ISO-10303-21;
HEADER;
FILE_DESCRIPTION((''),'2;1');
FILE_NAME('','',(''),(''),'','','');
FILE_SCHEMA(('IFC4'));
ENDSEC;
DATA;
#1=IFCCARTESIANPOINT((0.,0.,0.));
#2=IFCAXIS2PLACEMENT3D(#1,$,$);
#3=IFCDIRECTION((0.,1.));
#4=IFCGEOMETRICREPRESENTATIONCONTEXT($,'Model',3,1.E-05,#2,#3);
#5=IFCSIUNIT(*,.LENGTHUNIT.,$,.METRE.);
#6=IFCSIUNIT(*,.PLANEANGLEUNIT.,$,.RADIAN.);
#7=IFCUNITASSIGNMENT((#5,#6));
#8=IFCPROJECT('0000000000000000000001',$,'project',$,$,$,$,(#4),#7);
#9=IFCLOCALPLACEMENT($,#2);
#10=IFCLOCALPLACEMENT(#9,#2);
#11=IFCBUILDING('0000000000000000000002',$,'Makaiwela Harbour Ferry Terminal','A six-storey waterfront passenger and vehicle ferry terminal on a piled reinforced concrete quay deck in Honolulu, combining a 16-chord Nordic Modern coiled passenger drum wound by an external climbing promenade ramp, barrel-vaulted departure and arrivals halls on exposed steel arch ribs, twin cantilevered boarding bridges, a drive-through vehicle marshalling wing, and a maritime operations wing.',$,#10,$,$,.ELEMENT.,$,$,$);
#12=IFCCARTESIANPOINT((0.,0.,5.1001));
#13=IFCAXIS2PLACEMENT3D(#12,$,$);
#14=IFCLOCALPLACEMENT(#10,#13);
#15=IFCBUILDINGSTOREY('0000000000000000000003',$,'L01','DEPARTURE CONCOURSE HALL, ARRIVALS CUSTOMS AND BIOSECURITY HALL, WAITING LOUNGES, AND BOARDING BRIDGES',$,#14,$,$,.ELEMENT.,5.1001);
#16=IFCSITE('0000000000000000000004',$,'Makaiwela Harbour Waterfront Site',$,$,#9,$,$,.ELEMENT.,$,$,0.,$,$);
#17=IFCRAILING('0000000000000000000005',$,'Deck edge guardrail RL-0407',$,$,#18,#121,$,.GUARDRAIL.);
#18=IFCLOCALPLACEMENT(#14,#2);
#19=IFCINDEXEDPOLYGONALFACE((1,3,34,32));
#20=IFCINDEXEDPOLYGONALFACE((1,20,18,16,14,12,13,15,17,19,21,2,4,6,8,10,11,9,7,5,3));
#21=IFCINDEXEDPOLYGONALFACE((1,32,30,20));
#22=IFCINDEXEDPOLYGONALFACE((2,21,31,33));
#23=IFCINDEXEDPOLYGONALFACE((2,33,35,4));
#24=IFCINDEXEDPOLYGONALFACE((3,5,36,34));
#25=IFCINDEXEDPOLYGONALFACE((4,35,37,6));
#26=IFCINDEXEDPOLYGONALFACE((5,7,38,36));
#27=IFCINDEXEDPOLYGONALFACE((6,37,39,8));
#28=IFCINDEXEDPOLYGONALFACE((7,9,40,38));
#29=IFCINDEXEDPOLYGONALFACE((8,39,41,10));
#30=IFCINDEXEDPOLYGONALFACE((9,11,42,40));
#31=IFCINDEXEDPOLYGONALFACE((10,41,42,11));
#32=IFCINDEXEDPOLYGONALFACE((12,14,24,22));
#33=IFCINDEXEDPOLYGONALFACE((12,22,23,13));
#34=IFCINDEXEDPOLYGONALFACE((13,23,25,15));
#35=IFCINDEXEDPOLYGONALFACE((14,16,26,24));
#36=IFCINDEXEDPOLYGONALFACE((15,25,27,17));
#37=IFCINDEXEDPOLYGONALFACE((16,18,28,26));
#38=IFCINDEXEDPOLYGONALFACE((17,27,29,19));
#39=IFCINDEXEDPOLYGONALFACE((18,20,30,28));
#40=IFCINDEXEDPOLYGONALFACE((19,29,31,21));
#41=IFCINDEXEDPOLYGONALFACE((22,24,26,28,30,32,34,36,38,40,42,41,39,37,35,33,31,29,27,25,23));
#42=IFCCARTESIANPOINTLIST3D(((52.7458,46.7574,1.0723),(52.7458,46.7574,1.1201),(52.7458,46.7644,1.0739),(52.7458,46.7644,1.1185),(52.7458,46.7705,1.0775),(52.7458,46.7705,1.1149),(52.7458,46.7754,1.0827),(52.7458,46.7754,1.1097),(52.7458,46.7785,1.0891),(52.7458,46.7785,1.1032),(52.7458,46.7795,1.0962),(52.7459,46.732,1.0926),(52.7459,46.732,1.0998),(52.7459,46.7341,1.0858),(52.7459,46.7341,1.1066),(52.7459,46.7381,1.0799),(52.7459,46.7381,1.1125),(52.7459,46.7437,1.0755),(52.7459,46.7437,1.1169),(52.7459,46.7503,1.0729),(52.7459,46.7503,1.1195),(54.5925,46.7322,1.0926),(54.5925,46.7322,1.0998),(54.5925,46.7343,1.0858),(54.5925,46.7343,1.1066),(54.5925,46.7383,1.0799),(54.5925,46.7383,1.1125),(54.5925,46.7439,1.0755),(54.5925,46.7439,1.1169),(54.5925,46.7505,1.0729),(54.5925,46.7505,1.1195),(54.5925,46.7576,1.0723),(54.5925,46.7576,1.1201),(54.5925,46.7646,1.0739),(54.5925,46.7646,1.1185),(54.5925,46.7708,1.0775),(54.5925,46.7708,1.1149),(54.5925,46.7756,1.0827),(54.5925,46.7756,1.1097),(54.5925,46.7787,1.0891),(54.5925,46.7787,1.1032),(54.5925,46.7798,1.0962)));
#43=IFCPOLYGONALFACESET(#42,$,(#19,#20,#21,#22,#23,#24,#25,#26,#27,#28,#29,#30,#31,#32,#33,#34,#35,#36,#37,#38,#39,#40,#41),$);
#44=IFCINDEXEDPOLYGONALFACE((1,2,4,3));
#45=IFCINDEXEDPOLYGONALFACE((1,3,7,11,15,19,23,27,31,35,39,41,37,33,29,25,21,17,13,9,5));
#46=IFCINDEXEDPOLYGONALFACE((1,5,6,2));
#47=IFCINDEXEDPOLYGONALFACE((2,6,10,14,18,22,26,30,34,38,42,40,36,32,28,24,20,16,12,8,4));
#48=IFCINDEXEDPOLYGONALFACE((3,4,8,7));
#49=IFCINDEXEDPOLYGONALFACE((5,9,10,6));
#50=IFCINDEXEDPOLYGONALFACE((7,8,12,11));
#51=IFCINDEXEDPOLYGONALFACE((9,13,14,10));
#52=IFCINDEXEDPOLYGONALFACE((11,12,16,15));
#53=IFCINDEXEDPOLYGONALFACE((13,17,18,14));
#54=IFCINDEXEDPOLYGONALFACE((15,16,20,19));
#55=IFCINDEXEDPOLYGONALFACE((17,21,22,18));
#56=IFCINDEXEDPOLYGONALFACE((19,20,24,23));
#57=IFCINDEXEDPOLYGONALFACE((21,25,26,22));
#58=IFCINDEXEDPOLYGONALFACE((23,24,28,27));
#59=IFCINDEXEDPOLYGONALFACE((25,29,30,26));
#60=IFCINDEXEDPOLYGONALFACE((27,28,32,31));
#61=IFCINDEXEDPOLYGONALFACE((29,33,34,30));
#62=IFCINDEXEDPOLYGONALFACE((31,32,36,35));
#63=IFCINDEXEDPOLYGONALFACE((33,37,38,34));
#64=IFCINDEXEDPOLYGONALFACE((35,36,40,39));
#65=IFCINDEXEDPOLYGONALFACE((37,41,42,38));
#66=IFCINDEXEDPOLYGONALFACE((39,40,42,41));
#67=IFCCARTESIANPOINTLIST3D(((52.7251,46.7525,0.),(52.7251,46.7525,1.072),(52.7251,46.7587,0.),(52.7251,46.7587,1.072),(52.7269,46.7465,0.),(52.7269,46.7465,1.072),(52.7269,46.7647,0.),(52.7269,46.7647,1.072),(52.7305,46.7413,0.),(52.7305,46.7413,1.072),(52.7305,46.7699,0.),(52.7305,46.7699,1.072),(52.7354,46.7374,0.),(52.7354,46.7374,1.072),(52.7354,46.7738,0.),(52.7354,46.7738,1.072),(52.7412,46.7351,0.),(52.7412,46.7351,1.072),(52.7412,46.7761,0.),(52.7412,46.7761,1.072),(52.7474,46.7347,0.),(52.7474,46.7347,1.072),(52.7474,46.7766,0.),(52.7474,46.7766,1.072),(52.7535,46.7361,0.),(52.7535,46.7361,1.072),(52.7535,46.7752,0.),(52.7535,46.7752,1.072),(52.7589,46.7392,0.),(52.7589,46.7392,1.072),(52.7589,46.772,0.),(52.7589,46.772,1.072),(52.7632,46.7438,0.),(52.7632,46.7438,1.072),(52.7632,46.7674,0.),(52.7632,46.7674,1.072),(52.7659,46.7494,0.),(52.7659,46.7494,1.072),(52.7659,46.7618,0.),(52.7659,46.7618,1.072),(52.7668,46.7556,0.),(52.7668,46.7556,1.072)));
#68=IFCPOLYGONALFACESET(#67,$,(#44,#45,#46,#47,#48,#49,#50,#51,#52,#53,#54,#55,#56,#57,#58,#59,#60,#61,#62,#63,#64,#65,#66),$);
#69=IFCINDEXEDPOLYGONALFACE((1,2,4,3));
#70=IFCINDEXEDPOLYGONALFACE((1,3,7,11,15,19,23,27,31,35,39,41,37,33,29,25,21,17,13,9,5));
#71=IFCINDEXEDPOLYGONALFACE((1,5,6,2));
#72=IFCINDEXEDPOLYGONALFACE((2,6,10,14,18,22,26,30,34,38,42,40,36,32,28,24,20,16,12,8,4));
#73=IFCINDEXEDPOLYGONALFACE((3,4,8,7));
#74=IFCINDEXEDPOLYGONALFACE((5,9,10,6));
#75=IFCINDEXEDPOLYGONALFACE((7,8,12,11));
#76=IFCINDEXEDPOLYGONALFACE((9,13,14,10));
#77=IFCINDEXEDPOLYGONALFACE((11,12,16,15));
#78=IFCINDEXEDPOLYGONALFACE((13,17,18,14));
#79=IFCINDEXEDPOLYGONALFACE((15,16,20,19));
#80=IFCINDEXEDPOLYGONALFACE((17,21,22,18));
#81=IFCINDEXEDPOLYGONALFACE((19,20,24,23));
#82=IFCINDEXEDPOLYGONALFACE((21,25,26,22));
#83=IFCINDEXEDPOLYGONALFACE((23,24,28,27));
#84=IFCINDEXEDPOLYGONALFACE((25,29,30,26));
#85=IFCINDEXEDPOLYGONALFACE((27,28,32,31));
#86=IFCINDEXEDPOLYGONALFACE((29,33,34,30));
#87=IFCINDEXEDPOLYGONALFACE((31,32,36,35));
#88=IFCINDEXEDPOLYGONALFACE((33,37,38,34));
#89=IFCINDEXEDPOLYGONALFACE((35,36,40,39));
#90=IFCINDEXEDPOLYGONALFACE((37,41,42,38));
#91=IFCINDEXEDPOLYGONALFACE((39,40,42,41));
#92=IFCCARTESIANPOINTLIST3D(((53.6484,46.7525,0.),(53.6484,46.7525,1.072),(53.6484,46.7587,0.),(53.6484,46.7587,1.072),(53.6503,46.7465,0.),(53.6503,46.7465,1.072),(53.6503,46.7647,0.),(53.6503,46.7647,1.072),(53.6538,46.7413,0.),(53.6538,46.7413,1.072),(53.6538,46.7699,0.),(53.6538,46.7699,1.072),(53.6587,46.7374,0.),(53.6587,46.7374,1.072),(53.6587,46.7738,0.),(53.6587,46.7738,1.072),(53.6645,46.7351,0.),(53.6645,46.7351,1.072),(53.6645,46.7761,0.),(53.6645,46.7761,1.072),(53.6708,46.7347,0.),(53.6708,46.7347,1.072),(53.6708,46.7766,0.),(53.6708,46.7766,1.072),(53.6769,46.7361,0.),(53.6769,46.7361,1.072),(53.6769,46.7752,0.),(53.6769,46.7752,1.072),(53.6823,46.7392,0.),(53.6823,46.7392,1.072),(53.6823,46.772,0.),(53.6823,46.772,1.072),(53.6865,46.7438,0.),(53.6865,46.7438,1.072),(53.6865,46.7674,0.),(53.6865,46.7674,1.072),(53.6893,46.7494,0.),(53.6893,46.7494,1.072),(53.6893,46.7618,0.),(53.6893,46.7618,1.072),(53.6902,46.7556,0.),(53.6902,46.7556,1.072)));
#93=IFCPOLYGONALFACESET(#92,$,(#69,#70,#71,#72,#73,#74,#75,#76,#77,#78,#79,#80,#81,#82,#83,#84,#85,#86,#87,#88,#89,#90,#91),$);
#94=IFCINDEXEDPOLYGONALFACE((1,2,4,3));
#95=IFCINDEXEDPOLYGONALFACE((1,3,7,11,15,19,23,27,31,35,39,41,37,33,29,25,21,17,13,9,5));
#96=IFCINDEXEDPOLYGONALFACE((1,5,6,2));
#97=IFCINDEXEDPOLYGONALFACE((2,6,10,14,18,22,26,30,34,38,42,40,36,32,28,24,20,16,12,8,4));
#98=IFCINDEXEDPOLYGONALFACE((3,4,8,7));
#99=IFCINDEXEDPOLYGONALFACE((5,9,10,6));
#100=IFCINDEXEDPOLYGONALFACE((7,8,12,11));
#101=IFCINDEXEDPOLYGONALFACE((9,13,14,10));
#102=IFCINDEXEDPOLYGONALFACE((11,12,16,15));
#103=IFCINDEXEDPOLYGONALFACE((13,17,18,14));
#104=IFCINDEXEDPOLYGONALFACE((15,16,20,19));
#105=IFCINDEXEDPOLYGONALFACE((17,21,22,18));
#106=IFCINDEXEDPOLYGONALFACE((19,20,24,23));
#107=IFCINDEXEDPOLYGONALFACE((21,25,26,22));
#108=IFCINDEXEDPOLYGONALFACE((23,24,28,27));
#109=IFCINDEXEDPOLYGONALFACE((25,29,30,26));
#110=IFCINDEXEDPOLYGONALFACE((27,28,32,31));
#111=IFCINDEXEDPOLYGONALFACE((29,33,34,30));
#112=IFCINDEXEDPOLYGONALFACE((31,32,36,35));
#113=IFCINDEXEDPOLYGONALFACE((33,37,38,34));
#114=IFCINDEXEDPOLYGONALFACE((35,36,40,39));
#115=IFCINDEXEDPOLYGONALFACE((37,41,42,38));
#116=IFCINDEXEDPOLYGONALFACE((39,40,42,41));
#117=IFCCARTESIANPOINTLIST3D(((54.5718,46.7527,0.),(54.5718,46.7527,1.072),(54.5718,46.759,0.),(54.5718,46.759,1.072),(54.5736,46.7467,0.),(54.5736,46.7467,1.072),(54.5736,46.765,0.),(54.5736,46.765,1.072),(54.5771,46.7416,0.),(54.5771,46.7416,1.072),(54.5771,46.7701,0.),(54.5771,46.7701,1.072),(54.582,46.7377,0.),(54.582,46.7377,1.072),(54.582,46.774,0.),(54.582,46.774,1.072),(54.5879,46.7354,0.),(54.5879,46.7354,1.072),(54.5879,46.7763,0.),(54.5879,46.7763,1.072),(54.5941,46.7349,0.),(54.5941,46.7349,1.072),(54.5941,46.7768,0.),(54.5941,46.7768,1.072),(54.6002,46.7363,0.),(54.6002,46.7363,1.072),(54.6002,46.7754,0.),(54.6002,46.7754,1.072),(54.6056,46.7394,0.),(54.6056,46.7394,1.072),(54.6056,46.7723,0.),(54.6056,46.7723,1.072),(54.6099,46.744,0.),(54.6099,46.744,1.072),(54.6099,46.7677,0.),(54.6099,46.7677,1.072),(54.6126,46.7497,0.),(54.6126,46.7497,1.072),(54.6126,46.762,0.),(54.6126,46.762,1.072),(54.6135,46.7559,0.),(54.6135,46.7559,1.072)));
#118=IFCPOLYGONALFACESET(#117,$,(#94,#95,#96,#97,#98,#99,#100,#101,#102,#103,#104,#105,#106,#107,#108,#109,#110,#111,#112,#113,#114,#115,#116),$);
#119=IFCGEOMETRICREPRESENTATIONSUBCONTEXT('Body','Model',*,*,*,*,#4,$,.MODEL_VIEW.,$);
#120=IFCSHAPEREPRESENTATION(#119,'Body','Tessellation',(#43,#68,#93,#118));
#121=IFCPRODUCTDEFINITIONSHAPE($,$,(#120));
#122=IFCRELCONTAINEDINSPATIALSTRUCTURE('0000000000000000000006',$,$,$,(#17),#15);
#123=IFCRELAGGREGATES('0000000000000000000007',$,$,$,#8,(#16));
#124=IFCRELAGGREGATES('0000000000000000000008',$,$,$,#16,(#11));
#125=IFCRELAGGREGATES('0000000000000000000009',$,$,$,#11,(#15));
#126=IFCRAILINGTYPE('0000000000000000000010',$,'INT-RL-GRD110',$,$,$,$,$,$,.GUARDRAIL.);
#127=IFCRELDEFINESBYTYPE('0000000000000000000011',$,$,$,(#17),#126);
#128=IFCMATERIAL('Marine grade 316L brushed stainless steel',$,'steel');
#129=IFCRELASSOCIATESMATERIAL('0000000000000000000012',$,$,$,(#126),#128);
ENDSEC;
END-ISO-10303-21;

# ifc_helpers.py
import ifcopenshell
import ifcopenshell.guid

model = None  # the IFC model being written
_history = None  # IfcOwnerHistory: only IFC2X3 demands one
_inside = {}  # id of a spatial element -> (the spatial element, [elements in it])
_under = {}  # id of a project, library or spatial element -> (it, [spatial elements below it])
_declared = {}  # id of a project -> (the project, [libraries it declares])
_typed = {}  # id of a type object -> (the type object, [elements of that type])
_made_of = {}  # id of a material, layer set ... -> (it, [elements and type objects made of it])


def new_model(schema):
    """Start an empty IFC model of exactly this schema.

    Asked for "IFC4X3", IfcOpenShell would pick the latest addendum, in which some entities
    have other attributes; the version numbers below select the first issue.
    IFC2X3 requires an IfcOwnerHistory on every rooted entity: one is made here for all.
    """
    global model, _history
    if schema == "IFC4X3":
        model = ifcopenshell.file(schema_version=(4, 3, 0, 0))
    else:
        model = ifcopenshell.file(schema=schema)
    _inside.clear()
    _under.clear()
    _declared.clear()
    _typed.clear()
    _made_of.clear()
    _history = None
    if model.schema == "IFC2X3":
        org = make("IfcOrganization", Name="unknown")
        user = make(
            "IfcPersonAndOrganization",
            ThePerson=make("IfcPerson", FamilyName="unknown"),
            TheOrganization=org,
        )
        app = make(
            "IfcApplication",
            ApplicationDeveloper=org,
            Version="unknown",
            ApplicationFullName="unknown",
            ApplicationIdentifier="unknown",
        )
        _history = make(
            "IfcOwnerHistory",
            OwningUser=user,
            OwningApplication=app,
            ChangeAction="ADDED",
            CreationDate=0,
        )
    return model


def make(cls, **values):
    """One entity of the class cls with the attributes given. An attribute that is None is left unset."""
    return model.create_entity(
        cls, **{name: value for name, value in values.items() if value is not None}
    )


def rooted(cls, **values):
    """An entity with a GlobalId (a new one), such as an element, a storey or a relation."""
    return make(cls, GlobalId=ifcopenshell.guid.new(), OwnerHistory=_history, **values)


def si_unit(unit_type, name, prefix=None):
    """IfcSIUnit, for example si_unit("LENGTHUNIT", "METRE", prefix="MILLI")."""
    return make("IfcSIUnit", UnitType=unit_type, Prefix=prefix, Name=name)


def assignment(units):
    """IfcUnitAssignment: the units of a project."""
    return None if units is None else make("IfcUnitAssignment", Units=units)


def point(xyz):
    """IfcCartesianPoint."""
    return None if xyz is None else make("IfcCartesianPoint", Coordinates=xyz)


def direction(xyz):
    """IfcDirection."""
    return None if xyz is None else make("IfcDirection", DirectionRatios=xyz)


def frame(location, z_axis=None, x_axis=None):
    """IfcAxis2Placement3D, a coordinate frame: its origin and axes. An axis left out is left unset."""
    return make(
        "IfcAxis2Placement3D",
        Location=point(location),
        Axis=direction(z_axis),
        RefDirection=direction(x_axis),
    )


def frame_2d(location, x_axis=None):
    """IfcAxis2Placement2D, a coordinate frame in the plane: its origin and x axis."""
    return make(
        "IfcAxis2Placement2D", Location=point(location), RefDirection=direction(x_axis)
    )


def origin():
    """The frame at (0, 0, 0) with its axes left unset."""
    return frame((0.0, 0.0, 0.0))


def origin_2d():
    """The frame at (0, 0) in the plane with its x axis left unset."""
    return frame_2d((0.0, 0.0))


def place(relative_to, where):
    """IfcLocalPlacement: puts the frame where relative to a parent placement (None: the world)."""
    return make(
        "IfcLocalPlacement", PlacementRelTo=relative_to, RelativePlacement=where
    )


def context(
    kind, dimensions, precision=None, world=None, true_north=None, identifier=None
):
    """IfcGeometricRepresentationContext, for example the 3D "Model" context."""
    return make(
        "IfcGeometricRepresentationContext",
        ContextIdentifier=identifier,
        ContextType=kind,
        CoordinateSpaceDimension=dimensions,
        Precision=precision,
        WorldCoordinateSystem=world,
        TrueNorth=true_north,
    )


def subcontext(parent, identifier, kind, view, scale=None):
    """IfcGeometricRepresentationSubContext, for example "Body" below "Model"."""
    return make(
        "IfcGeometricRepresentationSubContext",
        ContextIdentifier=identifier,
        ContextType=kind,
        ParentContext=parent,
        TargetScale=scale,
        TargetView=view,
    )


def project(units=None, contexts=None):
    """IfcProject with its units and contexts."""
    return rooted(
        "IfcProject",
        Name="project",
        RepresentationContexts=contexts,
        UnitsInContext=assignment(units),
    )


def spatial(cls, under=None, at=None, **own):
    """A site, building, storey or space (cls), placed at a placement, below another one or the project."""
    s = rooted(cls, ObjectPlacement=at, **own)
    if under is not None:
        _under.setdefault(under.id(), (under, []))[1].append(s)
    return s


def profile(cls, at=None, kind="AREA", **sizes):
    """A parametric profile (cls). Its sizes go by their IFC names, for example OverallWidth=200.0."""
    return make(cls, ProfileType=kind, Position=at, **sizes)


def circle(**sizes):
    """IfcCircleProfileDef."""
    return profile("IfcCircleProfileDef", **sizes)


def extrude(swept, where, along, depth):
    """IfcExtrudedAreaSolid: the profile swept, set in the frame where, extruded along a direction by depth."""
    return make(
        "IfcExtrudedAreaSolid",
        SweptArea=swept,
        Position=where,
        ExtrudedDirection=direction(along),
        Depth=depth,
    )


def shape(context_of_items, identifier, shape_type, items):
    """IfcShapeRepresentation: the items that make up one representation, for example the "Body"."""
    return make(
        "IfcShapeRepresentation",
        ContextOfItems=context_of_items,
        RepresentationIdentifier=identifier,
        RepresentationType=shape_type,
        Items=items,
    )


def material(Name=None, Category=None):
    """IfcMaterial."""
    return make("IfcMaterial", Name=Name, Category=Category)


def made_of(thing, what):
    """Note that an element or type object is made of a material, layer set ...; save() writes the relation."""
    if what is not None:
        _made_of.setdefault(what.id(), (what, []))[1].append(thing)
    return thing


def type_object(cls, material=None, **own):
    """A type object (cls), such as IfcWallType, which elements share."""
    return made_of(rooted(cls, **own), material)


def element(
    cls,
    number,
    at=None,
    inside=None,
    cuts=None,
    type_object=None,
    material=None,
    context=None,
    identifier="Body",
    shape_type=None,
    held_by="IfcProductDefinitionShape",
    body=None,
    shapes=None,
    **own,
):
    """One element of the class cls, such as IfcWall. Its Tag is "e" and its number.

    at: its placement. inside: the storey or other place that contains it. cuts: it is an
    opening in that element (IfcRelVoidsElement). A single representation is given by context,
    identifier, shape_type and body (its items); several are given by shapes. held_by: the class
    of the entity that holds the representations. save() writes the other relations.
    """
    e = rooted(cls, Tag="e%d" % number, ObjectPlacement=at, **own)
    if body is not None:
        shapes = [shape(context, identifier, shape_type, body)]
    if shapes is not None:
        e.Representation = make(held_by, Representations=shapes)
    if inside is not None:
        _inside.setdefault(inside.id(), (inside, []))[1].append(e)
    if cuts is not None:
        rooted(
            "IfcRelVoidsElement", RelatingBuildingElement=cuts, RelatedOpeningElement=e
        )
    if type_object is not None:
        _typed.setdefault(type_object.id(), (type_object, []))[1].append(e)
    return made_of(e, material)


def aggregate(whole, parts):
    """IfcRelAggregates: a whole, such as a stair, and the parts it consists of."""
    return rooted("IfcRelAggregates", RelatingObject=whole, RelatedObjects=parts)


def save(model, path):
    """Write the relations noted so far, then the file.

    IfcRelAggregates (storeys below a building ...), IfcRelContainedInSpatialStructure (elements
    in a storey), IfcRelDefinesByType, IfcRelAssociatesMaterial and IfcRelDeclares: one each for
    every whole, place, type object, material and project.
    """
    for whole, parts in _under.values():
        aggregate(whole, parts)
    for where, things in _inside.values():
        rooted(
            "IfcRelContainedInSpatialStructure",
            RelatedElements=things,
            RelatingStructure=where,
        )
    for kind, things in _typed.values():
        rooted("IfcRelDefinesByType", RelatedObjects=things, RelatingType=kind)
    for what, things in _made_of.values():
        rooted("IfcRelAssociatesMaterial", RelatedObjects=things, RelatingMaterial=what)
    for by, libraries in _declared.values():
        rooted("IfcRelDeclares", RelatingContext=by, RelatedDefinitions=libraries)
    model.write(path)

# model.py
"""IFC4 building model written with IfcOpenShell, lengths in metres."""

from ifc_helpers import new_model, si_unit, direction, frame, origin, origin_2d, place, context, subcontext, project, spatial, circle, extrude, material, type_object, element, save


model = new_model("IFC4")

# Units and contexts
model_context = context("Model", 3, precision=1e-05, world=origin(), true_north=direction((0.0, 1.0)))
body_context = subcontext(model_context, "Body", "Model", "MODEL_VIEW")
ifc_project = project(units=[si_unit("LENGTHUNIT", "METRE"), si_unit("PLANEANGLEUNIT", "RADIAN")], contexts=[model_context])

# Site, building, storey
site_placement = place(None, origin())
site = spatial("IfcSite", under=ifc_project, at=site_placement, Name="Makaiwela Harbour Waterfront Site", CompositionType="ELEMENT", RefElevation=0.0)
building_placement = place(site_placement, origin())
building = spatial("IfcBuilding", under=site, at=building_placement, Name="Makaiwela Harbour Ferry Terminal", Description="A six-storey waterfront passenger and vehicle ferry terminal on a piled reinforced concrete quay deck in Honolulu, combining a 16-chord Nordic Modern coiled passenger drum wound by an external climbing promenade ramp, barrel-vaulted departure and arrivals halls on exposed steel arch ribs, twin cantilevered boarding bridges, a drive-through vehicle marshalling wing, and a maritime operations wing.", CompositionType="ELEMENT")
storey_placement = place(building_placement, frame((0.0, 0.0, 5.1001)))
storey = spatial("IfcBuildingStorey", under=building, at=storey_placement, Name="L01", Description="DEPARTURE CONCOURSE HALL, ARRIVALS CUSTOMS AND BIOSECURITY HALL, WAITING LOUNGES, AND BOARDING BRIDGES", CompositionType="ELEMENT", Elevation=5.1001)

# Railing
ifc_material_1 = material(Name="Marine grade 316L brushed stainless steel", Category="steel")
railing_type = type_object("IfcRailingType", Name="INT-RL-GRD110", PredefinedType="GUARDRAIL", material=ifc_material_1)
railing_1_placement = place(storey_placement, frame((52.7458, 46.7556, 0.0)))
element("IfcRailing", 1, at=railing_1_placement, inside=storey, type_object=railing_type, Name="Deck edge guardrail RL-0407", PredefinedType="GUARDRAIL", context=body_context, shape_type="SweptSolid", body=[
    extrude(circle(Radius=0.0239, at=origin_2d()), frame((0.0, 0.0, 1.0962), z_axis=(1.0, 0.000132, 0.0), x_axis=(-0.000132, 1.0, 0.0)), (0.0, 0.0, 1.0), 1.8467),
    extrude(circle(Radius=0.021, at=origin_2d()), origin(), (0.0, 0.0, 1.0), 1.072),
    extrude(circle(Radius=0.021, at=origin_2d()), frame((0.9233, 0.0, 0.0)), (0.0, 0.0, 1.0), 1.072),
    extrude(circle(Radius=0.021, at=origin_2d()), frame((1.8467, 0.0002, 0.0)), (0.0, 0.0, 1.0), 1.072),
])

save(model, "model.ifc")
